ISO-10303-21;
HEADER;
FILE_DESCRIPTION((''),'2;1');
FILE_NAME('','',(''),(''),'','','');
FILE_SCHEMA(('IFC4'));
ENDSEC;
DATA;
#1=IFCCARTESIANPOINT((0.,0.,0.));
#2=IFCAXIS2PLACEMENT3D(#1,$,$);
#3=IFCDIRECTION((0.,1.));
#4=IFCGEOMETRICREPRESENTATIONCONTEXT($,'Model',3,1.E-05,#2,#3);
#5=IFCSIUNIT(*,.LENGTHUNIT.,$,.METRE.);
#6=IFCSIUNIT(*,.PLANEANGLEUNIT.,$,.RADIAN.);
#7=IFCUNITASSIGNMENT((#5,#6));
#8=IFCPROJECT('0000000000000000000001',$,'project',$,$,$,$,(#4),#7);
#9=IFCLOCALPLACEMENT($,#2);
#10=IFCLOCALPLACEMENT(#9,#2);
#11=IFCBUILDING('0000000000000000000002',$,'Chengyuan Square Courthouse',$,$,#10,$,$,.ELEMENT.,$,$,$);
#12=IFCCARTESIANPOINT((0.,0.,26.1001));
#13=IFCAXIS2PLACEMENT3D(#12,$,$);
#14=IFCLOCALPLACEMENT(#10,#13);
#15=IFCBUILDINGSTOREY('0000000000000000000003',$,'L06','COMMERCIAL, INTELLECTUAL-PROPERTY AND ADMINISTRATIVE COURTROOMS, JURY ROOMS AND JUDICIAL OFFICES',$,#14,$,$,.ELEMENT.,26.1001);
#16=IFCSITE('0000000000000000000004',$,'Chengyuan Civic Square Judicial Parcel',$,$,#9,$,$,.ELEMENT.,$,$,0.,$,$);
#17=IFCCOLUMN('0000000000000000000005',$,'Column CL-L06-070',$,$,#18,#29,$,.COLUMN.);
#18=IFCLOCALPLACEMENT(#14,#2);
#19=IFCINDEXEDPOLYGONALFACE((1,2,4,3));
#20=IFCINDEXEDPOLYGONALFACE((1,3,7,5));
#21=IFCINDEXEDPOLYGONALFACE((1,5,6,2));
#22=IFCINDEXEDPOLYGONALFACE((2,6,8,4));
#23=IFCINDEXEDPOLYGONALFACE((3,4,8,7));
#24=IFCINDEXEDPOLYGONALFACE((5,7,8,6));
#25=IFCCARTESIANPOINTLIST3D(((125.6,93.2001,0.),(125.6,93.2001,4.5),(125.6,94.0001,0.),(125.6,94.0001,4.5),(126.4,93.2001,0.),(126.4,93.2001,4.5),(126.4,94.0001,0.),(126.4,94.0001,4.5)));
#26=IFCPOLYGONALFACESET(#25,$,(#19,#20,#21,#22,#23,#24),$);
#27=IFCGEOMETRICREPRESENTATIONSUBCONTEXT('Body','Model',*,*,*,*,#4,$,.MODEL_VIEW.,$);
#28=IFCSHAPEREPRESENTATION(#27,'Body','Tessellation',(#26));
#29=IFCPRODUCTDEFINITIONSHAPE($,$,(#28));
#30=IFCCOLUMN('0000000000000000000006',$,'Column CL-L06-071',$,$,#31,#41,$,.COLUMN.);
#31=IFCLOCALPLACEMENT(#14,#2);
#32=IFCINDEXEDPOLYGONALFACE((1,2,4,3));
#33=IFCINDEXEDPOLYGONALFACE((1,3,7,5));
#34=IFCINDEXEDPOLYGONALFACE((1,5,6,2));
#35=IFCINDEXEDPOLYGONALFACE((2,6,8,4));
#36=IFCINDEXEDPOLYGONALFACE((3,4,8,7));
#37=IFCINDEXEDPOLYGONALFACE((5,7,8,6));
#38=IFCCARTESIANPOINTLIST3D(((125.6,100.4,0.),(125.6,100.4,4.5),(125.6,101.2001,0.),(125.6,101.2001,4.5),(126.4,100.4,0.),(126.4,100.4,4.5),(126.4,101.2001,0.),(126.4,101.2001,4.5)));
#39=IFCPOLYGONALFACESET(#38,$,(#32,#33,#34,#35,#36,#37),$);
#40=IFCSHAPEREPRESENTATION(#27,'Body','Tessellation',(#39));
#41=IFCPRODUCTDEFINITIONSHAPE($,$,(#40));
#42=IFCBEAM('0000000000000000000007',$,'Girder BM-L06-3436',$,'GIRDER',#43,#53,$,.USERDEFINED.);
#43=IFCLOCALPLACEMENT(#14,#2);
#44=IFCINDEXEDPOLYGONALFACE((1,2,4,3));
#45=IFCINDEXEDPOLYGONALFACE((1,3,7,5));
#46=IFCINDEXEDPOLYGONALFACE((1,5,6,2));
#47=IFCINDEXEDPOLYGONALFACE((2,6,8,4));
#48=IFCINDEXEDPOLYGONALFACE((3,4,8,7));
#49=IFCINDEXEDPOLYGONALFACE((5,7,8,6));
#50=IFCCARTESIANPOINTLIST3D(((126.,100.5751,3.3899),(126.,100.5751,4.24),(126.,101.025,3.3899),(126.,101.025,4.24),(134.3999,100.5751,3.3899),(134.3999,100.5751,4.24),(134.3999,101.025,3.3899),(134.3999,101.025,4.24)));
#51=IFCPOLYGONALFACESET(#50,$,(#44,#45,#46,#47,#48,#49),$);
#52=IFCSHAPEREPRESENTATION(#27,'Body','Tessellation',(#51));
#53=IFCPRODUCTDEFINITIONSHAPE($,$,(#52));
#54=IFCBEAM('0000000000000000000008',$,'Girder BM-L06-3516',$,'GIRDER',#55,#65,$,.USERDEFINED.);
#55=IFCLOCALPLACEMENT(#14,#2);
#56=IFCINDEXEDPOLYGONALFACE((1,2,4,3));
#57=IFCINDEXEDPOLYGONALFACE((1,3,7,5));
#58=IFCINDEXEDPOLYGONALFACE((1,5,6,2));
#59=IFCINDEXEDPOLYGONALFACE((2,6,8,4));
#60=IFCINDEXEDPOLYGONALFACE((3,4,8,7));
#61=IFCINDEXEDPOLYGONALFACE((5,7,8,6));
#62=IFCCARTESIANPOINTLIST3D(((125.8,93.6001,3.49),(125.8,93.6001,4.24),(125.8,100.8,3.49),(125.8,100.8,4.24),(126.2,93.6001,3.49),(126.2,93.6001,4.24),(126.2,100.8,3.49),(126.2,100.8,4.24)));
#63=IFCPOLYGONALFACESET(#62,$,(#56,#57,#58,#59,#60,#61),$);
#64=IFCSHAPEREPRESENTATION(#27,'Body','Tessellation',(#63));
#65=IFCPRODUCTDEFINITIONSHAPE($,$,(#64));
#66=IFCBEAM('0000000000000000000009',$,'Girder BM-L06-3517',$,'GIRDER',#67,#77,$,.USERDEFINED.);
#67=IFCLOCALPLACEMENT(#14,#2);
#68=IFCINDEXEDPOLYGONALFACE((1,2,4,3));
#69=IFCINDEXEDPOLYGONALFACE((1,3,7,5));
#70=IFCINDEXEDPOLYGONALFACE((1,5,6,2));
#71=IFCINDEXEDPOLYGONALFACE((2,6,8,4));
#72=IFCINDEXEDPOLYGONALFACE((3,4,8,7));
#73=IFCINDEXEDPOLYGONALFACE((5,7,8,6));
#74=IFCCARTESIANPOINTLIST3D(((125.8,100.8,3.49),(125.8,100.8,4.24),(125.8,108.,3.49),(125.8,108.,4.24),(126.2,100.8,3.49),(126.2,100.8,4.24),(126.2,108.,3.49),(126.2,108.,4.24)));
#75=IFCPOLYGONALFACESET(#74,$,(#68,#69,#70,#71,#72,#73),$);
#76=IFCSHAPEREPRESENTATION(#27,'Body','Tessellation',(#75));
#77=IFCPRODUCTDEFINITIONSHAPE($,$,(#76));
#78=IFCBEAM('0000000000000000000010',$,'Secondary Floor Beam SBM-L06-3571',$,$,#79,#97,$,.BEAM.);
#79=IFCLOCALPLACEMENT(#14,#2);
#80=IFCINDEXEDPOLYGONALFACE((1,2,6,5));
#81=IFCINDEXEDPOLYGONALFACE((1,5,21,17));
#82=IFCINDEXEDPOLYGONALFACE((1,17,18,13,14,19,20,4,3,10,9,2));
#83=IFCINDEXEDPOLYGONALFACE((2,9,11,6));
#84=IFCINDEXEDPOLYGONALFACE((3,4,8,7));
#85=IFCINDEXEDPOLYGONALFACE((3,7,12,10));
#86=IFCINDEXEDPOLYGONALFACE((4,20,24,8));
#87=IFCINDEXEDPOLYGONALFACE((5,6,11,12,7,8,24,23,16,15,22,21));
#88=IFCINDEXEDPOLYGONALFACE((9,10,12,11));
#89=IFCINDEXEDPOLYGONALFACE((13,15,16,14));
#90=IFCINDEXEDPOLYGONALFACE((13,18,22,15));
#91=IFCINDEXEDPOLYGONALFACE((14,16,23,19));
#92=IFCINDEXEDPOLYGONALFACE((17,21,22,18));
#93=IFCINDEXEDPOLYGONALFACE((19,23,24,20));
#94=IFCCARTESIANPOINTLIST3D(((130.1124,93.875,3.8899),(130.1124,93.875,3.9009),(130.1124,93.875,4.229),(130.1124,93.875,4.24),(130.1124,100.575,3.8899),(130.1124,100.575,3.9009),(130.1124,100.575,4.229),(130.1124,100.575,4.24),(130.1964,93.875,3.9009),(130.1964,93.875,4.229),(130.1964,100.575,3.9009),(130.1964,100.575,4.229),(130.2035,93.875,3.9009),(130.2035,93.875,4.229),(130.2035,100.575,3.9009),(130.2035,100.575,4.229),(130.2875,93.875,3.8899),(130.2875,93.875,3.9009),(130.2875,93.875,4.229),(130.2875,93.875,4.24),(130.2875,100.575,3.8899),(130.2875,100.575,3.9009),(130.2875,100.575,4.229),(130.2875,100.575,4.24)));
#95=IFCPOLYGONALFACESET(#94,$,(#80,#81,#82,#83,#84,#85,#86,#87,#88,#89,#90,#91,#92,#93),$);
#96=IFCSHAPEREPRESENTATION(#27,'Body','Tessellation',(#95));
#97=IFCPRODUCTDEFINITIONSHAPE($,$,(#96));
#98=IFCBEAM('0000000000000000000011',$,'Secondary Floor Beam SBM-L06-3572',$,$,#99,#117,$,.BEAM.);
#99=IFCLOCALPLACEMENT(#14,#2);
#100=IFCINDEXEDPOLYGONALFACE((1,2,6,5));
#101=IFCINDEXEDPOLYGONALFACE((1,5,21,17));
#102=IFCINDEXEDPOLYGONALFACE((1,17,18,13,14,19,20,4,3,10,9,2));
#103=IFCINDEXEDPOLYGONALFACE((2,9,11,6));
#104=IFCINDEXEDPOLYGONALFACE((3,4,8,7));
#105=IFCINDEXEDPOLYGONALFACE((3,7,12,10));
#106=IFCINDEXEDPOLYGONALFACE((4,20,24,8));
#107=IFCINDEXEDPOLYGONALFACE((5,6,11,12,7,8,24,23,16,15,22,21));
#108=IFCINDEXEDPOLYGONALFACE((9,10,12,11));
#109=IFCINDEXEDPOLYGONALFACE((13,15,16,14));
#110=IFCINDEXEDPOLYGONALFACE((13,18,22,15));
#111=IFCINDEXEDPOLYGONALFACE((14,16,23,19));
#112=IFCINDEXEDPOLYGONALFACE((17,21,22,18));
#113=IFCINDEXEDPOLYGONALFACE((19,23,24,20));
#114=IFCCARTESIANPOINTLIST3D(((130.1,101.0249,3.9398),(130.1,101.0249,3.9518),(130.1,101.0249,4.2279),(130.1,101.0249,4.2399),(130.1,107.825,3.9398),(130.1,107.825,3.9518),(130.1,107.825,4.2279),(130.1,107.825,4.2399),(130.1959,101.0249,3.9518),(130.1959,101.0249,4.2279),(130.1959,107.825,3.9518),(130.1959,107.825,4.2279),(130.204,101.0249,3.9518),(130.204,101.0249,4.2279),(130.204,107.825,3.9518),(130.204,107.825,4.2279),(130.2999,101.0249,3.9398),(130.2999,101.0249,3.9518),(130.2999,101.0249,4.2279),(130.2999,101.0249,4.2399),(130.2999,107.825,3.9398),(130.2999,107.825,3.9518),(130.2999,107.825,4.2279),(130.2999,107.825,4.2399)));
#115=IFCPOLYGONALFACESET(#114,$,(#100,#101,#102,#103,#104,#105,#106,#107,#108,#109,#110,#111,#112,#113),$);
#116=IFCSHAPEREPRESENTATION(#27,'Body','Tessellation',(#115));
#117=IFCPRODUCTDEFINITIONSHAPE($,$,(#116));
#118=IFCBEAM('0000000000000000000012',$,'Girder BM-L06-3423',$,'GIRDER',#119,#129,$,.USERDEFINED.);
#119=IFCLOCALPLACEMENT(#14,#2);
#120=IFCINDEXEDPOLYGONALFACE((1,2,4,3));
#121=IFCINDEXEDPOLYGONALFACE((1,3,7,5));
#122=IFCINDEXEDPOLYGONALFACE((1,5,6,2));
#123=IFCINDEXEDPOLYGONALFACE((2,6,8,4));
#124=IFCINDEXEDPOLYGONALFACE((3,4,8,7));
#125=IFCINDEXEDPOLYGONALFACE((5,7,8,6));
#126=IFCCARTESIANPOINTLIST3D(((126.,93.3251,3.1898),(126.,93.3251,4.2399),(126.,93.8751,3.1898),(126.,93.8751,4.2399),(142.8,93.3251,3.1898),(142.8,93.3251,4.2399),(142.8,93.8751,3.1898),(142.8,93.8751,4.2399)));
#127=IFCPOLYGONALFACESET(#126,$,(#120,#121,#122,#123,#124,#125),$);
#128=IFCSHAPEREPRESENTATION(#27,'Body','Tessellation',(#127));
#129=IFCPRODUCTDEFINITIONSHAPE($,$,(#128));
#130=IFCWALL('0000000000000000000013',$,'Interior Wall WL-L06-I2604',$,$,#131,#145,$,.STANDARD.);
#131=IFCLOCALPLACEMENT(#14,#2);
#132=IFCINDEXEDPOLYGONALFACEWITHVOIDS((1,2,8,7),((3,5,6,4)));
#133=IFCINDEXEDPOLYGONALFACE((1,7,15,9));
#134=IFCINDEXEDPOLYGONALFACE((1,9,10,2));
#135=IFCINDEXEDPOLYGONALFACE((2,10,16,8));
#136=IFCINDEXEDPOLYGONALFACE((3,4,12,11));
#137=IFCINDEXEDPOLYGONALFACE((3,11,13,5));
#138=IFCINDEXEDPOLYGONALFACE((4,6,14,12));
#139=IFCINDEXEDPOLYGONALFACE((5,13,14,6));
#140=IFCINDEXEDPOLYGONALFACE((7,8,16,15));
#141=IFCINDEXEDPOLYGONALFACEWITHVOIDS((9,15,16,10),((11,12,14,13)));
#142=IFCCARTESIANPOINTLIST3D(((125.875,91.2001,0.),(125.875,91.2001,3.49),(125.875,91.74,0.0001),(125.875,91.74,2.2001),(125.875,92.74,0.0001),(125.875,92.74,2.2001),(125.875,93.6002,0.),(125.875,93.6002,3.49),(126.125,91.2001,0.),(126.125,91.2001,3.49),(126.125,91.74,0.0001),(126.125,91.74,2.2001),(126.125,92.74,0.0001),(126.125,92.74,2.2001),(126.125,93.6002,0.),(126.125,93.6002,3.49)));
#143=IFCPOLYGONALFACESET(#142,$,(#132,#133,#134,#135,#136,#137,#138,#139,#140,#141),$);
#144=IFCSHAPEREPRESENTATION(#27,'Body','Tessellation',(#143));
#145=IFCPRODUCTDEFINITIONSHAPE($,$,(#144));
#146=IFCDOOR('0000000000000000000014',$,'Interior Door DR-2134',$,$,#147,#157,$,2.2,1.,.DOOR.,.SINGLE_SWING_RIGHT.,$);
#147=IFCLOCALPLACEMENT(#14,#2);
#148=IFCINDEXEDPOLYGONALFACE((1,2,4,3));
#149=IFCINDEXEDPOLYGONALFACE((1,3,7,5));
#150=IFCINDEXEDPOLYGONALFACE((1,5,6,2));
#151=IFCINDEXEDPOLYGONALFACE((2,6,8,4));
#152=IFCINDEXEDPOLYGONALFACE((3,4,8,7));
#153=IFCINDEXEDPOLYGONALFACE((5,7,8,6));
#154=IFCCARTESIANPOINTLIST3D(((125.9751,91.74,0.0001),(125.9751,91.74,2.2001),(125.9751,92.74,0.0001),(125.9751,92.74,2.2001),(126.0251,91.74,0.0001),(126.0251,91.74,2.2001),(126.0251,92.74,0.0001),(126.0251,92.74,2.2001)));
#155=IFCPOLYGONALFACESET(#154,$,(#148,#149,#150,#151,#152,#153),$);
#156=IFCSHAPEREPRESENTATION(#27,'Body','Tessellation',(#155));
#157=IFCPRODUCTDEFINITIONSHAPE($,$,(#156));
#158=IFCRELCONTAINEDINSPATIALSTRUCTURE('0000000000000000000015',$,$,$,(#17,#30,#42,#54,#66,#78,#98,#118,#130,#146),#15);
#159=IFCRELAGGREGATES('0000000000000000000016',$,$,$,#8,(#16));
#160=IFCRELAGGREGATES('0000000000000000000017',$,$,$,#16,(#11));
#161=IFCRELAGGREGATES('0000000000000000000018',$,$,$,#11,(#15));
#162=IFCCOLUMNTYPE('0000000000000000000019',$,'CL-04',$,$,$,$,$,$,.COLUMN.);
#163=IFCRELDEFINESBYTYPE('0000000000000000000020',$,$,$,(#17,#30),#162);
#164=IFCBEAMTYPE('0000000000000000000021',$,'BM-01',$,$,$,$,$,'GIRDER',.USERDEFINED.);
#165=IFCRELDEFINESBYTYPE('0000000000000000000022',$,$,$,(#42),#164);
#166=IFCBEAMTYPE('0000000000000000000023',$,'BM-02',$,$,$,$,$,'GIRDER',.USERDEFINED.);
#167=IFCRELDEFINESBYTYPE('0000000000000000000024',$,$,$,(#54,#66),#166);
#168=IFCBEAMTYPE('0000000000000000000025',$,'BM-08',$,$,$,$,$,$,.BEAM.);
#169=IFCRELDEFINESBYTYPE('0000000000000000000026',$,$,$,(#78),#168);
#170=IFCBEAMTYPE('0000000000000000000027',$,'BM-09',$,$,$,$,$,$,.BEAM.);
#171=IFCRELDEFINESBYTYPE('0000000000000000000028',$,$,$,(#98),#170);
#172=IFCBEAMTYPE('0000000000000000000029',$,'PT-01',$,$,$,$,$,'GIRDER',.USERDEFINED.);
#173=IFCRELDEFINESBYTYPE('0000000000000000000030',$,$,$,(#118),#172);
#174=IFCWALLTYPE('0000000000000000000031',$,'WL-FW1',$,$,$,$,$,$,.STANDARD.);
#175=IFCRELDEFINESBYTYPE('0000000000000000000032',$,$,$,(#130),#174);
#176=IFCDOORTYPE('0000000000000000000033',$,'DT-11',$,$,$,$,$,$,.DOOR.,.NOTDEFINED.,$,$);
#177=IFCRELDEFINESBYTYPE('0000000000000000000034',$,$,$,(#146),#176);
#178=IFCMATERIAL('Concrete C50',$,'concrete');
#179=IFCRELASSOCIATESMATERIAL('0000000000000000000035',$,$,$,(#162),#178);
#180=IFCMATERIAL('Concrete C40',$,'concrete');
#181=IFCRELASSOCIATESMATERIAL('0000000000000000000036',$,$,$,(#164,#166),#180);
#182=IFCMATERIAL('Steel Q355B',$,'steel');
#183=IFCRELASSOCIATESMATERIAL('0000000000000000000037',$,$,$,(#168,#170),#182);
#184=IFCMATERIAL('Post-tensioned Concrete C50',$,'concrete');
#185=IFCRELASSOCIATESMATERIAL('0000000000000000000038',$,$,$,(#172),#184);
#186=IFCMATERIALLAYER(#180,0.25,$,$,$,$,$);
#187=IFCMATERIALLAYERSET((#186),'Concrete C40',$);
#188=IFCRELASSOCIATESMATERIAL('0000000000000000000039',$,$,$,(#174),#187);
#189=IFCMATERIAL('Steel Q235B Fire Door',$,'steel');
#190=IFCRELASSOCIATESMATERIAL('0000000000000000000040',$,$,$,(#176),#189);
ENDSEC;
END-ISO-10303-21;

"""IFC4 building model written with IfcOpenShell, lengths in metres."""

from ifc_helpers import new_model, si_unit, direction, frame, frame_2d, origin, origin_2d, place, context, subcontext, project, spatial, rectangle, i_section, extrude, material, layer, layer_set, material_profile, profile_set, type_object, element, fill, save


model = new_model("IFC4")

# Units and contexts
model_context = context("Model", 3, precision=1e-05, world=origin(), true_north=direction((0.0, 1.0)))
body_context = subcontext(model_context, "Body", "Model", "MODEL_VIEW")
ifc_project = project(units=[si_unit("LENGTHUNIT", "METRE"), si_unit("PLANEANGLEUNIT", "RADIAN")], contexts=[model_context])

# Site, building, storey
site_placement = place(None, origin())
site = spatial("IfcSite", under=ifc_project, at=site_placement, Name="Chengyuan Civic Square Judicial Parcel", CompositionType="ELEMENT", RefElevation=0.0)
building_placement = place(site_placement, origin())
building = spatial("IfcBuilding", under=site, at=building_placement, Name="Chengyuan Square Courthouse", CompositionType="ELEMENT")
storey_placement = place(building_placement, frame((0.0, 0.0, 26.1001)))
storey = spatial("IfcBuildingStorey", under=building, at=storey_placement, Name="L06", Description="COMMERCIAL, INTELLECTUAL-PROPERTY AND ADMINISTRATIVE COURTROOMS, JURY ROOMS AND JUDICIAL OFFICES", CompositionType="ELEMENT", Elevation=26.1001)

# Columns
ifc_material_1 = material(Name="Concrete C50", Category="concrete")
ifc_material_profile_1 = material_profile(ifc_material_1, rectangle(XDim=0.8, YDim=0.8, at=origin_2d()), Name="RC-COL-800x800")
ifc_profile_set_1 = profile_set([ifc_material_profile_1], Name="Concrete C50")
column_type = type_object("IfcColumnType", Name="CL-04", PredefinedType="COLUMN", material=ifc_profile_set_1)
for number, where, z_axis, x_axis, name in (
    (1, (126.0, 93.6001, 0.0), (0.0, 0.0, 1.0), (1.0, 0.0, 0.0), "Column CL-L06-070"),
    (2, (126.0, 100.8, 0.0), (0.0, 0.0, 1.0), (1.0, 0.0, 0.0), "Column CL-L06-071"),
):
    element("IfcColumn", number, at=place(storey_placement, frame(where, z_axis=z_axis, x_axis=x_axis)), inside=storey, type_object=column_type, Name=name, PredefinedType="COLUMN", context=body_context, shape_type="SweptSolid", body=[
        extrude(rectangle(XDim=0.8, YDim=0.8, at=origin_2d()), origin(), (0.0, 0.0, 1.0), 4.5),
    ])

# Beams
ifc_material_2 = material(Name="Concrete C40", Category="concrete")
ifc_material_profile_2 = material_profile(ifc_material_2, rectangle(XDim=0.45, YDim=0.8501, at=origin_2d()), Name="RC-BM-450x850")
ifc_profile_set_2 = profile_set([ifc_material_profile_2], Name="Concrete C40")
beam_type_1 = type_object("IfcBeamType", Name="BM-01", ElementType="GIRDER", PredefinedType="USERDEFINED", material=ifc_profile_set_2)
beam_1_placement = place(storey_placement, frame((126.0, 100.8, 3.8149), z_axis=(1.0, 0.0, 0.0), x_axis=(0.0, 1.0, 0.0)))
element("IfcBeam", 3, at=beam_1_placement, inside=storey, type_object=beam_type_1, Name="Girder BM-L06-3436", ObjectType="GIRDER", PredefinedType="USERDEFINED", context=body_context, shape_type="SweptSolid", body=[
    extrude(rectangle(XDim=0.45, YDim=0.8501, at=origin_2d()), origin(), (0.0, 0.0, 1.0), 8.3999),
])
ifc_material_profile_3 = material_profile(ifc_material_2, rectangle(XDim=0.3999, YDim=0.75, at=origin_2d()), Name="RC-BM-400x750")
ifc_profile_set_3 = profile_set([ifc_material_profile_3], Name="Concrete C40")
beam_type_2 = type_object("IfcBeamType", Name="BM-02", ElementType="GIRDER", PredefinedType="USERDEFINED", material=ifc_profile_set_3)
for number, where, z_axis, x_axis, name in (
    (4, (126.0, 93.6001, 3.865), (0.0, 1.0, 0.0), (-1.0, 0.0, 0.0), "Girder BM-L06-3516"),
    (5, (126.0, 100.8, 3.865), (0.0, 1.0, 0.0), (-1.0, 0.0, 0.0), "Girder BM-L06-3517"),
):
    element("IfcBeam", number, at=place(storey_placement, frame(where, z_axis=z_axis, x_axis=x_axis)), inside=storey, type_object=beam_type_2, Name=name, ObjectType="GIRDER", PredefinedType="USERDEFINED", context=body_context, shape_type="SweptSolid", body=[
        extrude(rectangle(XDim=0.3999, YDim=0.75, at=origin_2d()), origin(), (0.0, 0.0, 1.0), 7.2),
    ])
ifc_material_3 = material(Name="Steel Q355B", Category="steel")
ifc_material_profile_4 = material_profile(ifc_material_3, i_section(OverallWidth=0.175, OverallDepth=0.3501, WebThickness=0.0071, FlangeThickness=0.011, at=origin_2d()), Name="HN 350x175x7x11")
ifc_profile_set_4 = profile_set([ifc_material_profile_4], Name="Steel Q355B")
beam_type_3 = type_object("IfcBeamType", Name="BM-08", PredefinedType="BEAM", material=ifc_profile_set_4)
beam_2_placement = place(storey_placement, frame((130.2, 93.875, 4.0649), z_axis=(0.0, 1.0, 0.0), x_axis=(-1.0, 0.0, 0.0)))
element("IfcBeam", 6, at=beam_2_placement, inside=storey, type_object=beam_type_3, Name="Secondary Floor Beam SBM-L06-3571", PredefinedType="BEAM", context=body_context, shape_type="SweptSolid", body=[
    extrude(i_section(OverallWidth=0.175, OverallDepth=0.3501, WebThickness=0.0071, FlangeThickness=0.011, at=origin_2d()), origin(), (0.0, 0.0, 1.0), 6.7),
])
ifc_material_profile_5 = material_profile(ifc_material_3, i_section(OverallWidth=0.2, OverallDepth=0.3, WebThickness=0.0081, FlangeThickness=0.012, at=origin_2d()), Name="HM 300x200x8x12")
ifc_profile_set_5 = profile_set([ifc_material_profile_5], Name="Steel Q355B")
beam_type_4 = type_object("IfcBeamType", Name="BM-09", PredefinedType="BEAM", material=ifc_profile_set_5)
beam_3_placement = place(storey_placement, frame((130.2, 101.0249, 4.0898), z_axis=(0.0, 1.0, 0.0), x_axis=(-1.0, 0.0, 0.0)))
element("IfcBeam", 7, at=beam_3_placement, inside=storey, type_object=beam_type_4, Name="Secondary Floor Beam SBM-L06-3572", PredefinedType="BEAM", context=body_context, shape_type="SweptSolid", body=[
    extrude(i_section(OverallWidth=0.2, OverallDepth=0.3, WebThickness=0.0081, FlangeThickness=0.012, at=origin_2d()), origin(), (0.0, 0.0, 1.0), 6.8),
])
ifc_material_4 = material(Name="Post-tensioned Concrete C50", Category="concrete")
ifc_material_profile_6 = material_profile(ifc_material_4, rectangle(XDim=0.55, YDim=1.05, at=origin_2d()), Name="PT-BM-550x1050")
ifc_profile_set_6 = profile_set([ifc_material_profile_6], Name="Post-tensioned Concrete C50")
beam_type_5 = type_object("IfcBeamType", Name="PT-01", ElementType="GIRDER", PredefinedType="USERDEFINED", material=ifc_profile_set_6)
beam_4_placement = place(storey_placement, frame((126.0, 93.6001, 3.7148), z_axis=(1.0, 0.0, 0.0), x_axis=(0.0, 1.0, 0.0)))
element("IfcBeam", 8, at=beam_4_placement, inside=storey, type_object=beam_type_5, Name="Girder BM-L06-3423", ObjectType="GIRDER", PredefinedType="USERDEFINED", context=body_context, shape_type="SweptSolid", body=[
    extrude(rectangle(XDim=0.55, YDim=1.05, at=origin_2d()), origin(), (0.0, 0.0, 1.0), 16.8),
])

# Wall, opening, door
ifc_layer_1 = layer(ifc_material_2, 0.25)
ifc_layer_set_1 = layer_set([ifc_layer_1], Name="Concrete C40")
wall_type_1 = type_object("IfcWallType", Name="WL-FW1", PredefinedType="STANDARD", material=ifc_layer_set_1)
wall_1_placement = place(storey_placement, frame((126.0, 91.2, 0.0), z_axis=(0.0, 0.0, 1.0), x_axis=(0.0, 1.0, 0.0)))
wall_1 = element("IfcWall", 9, at=wall_1_placement, inside=storey, type_object=wall_type_1, Name="Interior Wall WL-L06-I2604", PredefinedType="STANDARD", context=body_context, shape_type="SweptSolid", body=[
    extrude(rectangle(XDim=2.4001, YDim=0.25, at=frame_2d((1.2002, 0.0))), origin(), (0.0, 0.0, 1.0), 3.49),
])
opening_1_placement = place(wall_1_placement, frame((0.54, 0.0, 0.0)))
opening_1 = element("IfcOpeningElement", 10, at=opening_1_placement, cuts=wall_1, PredefinedType="OPENING", context=body_context, shape_type="SweptSolid", body=[
    extrude(rectangle(XDim=1.0, YDim=2.2, at=frame_2d((0.5, 1.1001))), frame((0.0, 0.137, 0.0), z_axis=(0.0, -1.0, 0.0), x_axis=(1.0, 0.0, 0.0)), (0.0, 0.0, 1.0), 0.2739),
])
ifc_material_5 = material(Name="Steel Q235B Fire Door", Category="steel")
door_type_1 = type_object("IfcDoorType", Name="DT-11", OperationType="NOTDEFINED", PredefinedType="DOOR", material=ifc_material_5)
door_1_placement = place(opening_1_placement, origin())
door_1 = element("IfcDoor", 11, at=door_1_placement, inside=storey, type_object=door_type_1, Name="Interior Door DR-2134", OperationType="SINGLE_SWING_RIGHT", OverallHeight=2.2, OverallWidth=1.0, PredefinedType="DOOR", context=body_context, shape_type="SweptSolid", body=[
    extrude(rectangle(XDim=1.0, YDim=2.2, at=frame_2d((0.5, 1.1001))), frame((0.0, 0.0249, 0.0), z_axis=(0.0, -1.0, 0.0), x_axis=(1.0, 0.0, 0.0)), (0.0, 0.0, 1.0), 0.05),
])
fill(opening_1, door_1)

save(model, "model.ifc")
